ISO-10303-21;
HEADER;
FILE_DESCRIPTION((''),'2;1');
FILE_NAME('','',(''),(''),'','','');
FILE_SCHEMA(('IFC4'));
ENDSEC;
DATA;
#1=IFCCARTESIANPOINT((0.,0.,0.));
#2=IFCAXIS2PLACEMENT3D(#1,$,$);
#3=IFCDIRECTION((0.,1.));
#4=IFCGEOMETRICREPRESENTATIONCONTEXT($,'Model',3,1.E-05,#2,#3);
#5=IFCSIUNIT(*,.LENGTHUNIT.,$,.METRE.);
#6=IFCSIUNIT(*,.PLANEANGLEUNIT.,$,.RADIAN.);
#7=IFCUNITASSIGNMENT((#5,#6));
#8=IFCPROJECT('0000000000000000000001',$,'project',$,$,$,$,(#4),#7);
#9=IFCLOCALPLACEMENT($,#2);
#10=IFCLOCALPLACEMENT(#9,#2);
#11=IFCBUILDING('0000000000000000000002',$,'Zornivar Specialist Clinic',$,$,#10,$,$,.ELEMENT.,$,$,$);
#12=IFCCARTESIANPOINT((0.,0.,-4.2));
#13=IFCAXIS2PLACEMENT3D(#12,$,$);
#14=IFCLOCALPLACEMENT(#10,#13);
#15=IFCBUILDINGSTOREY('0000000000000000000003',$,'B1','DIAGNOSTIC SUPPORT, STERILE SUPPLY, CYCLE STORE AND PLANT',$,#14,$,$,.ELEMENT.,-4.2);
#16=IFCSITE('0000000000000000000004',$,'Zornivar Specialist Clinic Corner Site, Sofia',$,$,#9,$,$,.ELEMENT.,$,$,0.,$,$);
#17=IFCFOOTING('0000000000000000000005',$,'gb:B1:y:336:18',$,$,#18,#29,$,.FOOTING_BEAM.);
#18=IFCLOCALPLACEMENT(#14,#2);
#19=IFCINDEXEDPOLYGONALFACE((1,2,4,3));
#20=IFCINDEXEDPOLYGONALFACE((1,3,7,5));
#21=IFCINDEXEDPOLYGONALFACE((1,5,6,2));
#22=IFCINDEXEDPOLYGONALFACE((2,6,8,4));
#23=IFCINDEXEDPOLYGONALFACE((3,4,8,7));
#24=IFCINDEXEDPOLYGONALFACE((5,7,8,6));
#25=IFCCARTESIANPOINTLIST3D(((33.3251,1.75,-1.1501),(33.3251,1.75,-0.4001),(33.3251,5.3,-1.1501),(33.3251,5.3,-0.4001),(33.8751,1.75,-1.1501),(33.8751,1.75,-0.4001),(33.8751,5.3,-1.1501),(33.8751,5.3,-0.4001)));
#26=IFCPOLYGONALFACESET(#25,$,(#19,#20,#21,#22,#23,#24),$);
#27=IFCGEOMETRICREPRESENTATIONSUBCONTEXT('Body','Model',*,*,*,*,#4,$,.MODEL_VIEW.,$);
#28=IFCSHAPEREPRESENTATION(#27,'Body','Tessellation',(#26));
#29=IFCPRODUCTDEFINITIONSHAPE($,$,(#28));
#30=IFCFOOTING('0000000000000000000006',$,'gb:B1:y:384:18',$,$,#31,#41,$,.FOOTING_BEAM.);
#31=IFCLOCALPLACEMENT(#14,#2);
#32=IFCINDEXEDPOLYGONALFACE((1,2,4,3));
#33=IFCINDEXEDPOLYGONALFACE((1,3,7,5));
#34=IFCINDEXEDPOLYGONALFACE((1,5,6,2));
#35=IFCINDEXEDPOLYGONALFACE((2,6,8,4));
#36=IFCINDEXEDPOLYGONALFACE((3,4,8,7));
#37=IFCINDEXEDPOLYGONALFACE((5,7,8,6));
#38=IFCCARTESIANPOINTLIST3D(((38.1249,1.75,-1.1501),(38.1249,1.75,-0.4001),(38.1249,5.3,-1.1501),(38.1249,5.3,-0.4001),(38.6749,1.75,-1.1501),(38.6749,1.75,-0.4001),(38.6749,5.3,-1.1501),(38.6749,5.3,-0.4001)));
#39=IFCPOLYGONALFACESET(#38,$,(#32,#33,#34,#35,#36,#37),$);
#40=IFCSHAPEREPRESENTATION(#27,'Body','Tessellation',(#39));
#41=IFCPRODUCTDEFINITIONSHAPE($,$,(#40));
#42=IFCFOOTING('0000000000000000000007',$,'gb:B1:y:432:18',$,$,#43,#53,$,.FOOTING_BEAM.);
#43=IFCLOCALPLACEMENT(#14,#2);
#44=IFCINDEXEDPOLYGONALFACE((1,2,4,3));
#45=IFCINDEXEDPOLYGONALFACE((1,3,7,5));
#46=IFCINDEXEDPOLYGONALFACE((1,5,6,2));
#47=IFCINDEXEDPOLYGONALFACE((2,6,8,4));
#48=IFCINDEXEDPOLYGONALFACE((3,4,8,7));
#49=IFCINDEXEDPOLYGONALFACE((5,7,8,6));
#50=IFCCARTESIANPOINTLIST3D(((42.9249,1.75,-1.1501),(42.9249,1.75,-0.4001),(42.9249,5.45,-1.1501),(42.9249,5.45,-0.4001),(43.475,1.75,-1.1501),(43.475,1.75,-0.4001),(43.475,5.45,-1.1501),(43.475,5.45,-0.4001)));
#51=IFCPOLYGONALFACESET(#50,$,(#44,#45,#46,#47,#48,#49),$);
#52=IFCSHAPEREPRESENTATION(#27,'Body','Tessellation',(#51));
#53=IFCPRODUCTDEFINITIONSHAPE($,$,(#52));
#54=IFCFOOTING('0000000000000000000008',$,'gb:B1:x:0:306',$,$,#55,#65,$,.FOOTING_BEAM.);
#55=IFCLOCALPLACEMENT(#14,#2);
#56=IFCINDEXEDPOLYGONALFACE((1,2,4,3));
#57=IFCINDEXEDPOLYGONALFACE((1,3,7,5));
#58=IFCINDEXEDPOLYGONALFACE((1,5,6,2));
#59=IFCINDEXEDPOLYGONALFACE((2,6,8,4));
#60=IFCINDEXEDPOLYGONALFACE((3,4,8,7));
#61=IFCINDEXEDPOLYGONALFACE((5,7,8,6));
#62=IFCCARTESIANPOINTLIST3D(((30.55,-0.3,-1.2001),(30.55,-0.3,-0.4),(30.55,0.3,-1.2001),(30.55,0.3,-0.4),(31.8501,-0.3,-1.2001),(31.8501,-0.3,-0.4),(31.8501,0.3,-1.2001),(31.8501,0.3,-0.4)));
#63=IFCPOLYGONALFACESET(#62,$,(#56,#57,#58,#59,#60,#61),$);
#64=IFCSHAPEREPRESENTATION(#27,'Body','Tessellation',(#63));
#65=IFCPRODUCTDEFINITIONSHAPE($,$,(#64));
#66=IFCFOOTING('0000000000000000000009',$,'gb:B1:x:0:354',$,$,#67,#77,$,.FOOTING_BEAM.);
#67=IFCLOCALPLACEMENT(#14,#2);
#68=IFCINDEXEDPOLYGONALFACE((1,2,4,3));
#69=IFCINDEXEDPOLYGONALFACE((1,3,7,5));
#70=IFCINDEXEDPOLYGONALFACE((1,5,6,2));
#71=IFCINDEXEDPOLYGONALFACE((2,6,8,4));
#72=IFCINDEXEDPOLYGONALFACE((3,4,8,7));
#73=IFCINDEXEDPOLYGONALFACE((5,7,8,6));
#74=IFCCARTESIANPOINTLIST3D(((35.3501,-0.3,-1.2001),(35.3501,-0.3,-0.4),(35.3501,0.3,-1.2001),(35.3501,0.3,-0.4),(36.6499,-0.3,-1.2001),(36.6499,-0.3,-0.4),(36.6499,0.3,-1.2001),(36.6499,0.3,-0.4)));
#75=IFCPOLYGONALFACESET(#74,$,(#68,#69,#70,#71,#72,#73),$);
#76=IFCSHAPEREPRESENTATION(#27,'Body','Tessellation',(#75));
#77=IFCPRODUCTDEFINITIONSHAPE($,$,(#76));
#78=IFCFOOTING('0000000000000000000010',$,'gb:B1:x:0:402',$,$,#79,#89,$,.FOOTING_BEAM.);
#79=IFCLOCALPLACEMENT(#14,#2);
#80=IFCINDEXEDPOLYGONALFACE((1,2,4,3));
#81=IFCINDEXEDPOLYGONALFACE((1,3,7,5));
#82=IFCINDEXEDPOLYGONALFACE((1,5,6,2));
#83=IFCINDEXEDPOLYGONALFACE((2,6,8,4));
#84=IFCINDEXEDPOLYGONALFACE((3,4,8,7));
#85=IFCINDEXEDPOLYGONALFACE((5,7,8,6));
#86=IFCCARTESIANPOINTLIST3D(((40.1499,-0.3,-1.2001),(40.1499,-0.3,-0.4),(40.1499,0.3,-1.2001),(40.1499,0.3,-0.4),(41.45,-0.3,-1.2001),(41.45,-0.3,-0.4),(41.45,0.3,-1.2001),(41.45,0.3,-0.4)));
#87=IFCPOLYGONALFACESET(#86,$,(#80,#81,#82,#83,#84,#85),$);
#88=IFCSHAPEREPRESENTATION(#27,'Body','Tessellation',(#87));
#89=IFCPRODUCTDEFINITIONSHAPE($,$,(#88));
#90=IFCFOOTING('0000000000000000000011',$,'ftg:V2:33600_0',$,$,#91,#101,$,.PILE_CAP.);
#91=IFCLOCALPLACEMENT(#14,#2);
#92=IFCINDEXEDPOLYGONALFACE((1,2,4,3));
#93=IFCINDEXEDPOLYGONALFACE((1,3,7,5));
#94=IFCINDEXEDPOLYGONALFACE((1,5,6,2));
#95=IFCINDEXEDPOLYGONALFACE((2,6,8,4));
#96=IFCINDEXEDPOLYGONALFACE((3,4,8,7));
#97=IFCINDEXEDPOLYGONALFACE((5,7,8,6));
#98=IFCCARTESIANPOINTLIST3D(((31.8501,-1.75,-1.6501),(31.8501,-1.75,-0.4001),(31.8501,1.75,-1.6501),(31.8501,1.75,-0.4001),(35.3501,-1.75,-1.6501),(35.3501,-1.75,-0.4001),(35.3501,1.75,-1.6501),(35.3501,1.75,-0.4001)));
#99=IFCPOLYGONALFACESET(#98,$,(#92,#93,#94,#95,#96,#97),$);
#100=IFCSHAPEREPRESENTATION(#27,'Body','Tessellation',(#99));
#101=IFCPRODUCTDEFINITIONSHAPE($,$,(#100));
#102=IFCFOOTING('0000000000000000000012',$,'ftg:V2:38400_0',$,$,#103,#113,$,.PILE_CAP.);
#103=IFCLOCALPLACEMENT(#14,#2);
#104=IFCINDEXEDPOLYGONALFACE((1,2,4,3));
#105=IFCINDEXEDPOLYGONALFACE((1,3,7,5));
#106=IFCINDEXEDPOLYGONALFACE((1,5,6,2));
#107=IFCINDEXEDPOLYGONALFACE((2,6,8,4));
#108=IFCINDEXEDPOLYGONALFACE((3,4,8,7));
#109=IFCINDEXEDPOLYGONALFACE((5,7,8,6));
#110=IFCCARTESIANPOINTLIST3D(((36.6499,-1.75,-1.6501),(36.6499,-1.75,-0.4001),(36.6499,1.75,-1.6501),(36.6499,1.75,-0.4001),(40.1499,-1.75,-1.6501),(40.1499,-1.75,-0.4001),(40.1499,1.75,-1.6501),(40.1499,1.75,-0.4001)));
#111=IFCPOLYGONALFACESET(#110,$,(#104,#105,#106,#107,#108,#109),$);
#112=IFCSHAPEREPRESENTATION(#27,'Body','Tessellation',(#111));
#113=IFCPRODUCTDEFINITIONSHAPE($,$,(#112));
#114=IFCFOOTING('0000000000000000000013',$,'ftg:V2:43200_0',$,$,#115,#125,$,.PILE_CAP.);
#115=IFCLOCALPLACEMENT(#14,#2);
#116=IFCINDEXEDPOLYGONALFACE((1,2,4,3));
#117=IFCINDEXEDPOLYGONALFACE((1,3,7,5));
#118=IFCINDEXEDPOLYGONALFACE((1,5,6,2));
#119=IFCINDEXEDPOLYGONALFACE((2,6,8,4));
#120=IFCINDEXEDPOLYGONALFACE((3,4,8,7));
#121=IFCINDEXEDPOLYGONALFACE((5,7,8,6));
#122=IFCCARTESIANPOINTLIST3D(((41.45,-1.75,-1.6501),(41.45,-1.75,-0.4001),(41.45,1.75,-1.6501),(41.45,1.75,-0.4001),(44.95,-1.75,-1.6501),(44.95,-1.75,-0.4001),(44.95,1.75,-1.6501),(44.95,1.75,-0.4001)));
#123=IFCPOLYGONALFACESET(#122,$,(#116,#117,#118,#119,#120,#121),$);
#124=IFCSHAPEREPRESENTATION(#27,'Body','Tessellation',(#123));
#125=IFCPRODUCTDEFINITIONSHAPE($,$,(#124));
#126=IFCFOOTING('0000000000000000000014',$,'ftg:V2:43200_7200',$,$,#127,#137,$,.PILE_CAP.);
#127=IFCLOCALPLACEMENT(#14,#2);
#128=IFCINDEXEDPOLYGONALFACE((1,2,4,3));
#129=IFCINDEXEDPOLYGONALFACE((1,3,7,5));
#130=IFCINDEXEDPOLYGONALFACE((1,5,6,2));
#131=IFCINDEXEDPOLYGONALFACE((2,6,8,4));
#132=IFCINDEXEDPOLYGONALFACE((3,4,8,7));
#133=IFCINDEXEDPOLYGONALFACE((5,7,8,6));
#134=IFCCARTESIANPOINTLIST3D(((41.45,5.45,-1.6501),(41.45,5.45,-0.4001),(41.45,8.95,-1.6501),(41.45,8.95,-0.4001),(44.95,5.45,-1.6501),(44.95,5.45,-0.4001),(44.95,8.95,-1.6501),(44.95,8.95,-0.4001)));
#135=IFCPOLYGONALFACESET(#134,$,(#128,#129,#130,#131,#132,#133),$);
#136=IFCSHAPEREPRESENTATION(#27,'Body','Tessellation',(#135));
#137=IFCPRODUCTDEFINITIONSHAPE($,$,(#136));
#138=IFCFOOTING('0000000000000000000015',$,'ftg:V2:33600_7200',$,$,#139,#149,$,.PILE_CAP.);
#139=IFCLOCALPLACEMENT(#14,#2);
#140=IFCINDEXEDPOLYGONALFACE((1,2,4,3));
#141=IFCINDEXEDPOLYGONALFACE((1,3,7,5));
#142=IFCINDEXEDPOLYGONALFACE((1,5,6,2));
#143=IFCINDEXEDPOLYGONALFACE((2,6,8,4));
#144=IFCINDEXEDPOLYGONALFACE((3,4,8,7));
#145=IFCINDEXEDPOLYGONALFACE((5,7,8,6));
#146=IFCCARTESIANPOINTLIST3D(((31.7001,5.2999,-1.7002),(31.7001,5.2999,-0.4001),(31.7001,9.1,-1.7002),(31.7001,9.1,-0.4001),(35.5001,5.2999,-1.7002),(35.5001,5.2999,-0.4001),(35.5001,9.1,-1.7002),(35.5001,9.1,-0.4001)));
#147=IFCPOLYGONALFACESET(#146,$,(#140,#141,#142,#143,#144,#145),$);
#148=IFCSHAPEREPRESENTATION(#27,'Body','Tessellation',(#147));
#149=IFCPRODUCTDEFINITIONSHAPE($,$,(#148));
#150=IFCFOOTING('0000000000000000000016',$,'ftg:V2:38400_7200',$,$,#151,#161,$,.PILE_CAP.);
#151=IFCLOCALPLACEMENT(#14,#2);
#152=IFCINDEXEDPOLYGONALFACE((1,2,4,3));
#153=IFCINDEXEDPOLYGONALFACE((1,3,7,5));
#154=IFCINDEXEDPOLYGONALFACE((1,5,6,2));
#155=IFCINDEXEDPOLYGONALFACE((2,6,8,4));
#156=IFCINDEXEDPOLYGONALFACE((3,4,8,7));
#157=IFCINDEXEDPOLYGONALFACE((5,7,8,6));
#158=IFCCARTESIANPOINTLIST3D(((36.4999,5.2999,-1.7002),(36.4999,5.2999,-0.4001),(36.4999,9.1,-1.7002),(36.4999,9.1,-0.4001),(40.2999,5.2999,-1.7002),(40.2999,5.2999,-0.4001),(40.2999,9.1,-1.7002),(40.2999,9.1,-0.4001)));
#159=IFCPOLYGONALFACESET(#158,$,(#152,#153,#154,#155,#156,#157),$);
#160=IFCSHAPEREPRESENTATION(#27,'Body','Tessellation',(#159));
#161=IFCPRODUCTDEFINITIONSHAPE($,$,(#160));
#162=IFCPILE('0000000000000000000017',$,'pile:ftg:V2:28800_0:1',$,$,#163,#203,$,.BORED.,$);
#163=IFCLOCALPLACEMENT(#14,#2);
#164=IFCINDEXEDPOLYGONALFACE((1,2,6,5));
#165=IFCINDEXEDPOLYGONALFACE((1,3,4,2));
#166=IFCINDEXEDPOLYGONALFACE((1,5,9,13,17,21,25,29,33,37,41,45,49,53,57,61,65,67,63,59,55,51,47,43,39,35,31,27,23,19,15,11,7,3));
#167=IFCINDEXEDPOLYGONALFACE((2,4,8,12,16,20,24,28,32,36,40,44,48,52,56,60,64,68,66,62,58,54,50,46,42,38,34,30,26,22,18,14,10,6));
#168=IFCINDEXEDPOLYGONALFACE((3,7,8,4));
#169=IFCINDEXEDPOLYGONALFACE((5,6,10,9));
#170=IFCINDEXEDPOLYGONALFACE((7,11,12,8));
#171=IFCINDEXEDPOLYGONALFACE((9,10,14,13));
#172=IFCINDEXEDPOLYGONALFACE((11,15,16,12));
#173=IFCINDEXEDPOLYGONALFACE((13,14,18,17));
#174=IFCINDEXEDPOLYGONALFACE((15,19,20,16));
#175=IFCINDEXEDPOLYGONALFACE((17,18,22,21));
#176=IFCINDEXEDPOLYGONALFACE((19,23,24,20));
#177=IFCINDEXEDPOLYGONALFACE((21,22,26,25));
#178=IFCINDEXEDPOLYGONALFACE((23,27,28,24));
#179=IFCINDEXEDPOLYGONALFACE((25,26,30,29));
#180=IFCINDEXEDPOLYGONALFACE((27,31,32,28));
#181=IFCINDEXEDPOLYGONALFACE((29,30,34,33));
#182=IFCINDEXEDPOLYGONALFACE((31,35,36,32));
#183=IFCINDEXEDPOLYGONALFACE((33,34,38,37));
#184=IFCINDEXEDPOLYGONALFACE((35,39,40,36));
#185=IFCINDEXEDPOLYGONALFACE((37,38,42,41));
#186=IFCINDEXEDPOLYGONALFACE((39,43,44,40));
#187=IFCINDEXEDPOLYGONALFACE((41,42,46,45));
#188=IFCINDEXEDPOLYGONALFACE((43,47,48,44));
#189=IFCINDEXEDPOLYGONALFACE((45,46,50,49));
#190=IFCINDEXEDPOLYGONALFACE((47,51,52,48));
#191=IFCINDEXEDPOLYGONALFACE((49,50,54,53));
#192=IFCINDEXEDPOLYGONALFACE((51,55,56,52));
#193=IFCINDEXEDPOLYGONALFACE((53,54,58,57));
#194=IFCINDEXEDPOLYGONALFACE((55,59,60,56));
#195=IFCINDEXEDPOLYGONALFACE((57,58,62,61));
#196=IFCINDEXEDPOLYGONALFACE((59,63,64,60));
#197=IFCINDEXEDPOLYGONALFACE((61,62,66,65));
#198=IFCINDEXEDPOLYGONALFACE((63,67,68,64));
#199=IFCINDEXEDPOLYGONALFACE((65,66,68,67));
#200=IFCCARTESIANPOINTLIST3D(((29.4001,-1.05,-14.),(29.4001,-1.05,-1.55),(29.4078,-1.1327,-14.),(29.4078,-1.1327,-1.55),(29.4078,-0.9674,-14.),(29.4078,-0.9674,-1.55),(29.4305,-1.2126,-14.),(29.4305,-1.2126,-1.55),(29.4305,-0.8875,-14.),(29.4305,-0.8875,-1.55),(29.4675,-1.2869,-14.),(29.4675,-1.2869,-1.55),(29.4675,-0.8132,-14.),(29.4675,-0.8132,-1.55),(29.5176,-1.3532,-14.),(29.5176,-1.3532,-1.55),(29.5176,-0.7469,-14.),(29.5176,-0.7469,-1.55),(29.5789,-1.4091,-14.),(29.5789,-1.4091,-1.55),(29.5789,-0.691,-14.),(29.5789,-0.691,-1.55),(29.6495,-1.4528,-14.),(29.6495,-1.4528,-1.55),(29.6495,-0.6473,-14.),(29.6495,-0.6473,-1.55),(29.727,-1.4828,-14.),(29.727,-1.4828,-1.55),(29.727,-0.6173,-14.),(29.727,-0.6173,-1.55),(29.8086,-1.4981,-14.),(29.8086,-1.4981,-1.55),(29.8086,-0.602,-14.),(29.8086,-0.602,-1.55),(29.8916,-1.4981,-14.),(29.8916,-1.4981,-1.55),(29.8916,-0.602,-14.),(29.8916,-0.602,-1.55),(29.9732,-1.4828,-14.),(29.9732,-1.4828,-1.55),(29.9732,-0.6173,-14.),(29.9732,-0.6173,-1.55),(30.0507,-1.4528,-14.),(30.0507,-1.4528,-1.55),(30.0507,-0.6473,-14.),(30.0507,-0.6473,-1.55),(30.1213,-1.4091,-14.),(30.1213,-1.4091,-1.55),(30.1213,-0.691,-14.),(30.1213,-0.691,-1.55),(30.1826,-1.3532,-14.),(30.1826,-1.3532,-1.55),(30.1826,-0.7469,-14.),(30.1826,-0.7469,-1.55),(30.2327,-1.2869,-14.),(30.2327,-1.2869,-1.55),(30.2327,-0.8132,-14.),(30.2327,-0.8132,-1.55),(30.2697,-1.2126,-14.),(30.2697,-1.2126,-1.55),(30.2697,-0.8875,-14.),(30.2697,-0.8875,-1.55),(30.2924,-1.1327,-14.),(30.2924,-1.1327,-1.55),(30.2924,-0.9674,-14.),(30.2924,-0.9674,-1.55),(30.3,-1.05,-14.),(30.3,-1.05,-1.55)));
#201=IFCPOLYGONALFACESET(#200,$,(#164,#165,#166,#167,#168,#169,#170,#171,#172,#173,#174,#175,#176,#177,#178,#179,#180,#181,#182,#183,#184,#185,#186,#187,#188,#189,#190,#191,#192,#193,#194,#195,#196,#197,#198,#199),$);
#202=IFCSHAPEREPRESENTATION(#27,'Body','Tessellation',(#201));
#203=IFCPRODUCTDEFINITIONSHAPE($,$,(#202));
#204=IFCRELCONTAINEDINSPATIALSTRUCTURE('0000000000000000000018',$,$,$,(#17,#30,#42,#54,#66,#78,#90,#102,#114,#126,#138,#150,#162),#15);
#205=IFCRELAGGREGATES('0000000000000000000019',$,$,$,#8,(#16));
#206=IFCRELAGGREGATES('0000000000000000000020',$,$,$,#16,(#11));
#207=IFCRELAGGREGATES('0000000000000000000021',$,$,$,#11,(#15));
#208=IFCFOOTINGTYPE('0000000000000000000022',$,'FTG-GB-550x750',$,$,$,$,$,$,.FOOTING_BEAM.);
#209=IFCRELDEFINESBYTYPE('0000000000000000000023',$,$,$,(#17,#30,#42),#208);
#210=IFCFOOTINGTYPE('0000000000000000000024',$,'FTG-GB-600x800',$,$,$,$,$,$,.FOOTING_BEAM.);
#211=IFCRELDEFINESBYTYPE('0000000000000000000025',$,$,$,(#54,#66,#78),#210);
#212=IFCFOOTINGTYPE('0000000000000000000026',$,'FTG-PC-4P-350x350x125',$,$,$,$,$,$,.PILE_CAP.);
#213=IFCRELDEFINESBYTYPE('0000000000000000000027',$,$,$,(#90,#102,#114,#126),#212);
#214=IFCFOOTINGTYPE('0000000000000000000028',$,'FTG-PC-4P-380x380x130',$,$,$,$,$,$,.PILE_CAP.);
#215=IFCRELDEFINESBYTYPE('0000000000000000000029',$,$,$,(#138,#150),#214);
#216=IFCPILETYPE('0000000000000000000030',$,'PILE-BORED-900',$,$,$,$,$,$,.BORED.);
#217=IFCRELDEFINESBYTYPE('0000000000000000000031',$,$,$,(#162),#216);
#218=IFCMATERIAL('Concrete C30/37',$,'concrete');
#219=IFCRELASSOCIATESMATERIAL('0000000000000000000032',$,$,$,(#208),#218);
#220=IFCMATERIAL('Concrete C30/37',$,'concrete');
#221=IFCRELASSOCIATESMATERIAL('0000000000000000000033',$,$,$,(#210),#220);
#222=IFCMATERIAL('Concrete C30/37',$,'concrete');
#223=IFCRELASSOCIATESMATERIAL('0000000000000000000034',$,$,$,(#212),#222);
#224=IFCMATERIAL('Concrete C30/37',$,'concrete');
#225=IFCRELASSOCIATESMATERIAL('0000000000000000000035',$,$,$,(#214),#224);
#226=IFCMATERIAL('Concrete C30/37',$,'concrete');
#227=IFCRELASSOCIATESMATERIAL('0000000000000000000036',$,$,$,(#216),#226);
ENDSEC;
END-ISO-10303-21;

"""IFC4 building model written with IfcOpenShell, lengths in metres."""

from ifc_helpers import new_model, si_unit, direction, frame, origin, origin_2d, place, context, subcontext, project, spatial, rectangle, circle, extrude, material, material_profile, profile_set, type_object, element, save


model = new_model("IFC4")

# Units and contexts
model_context = context("Model", 3, precision=1e-05, world=origin(), true_north=direction((0.0, 1.0)))
body_context = subcontext(model_context, "Body", "Model", "MODEL_VIEW")
ifc_project = project(units=[si_unit("LENGTHUNIT", "METRE"), si_unit("PLANEANGLEUNIT", "RADIAN")], contexts=[model_context])

# Site, building, storey
site_placement = place(None, origin())
site = spatial("IfcSite", under=ifc_project, at=site_placement, Name="Zornivar Specialist Clinic Corner Site, Sofia", CompositionType="ELEMENT", RefElevation=0.0)
building_placement = place(site_placement, origin())
building = spatial("IfcBuilding", under=site, at=building_placement, Name="Zornivar Specialist Clinic", CompositionType="ELEMENT")
storey_placement = place(building_placement, frame((0.0, 0.0, -4.2)))
storey = spatial("IfcBuildingStorey", under=building, at=storey_placement, Name="B1", Description="DIAGNOSTIC SUPPORT, STERILE SUPPLY, CYCLE STORE AND PLANT", CompositionType="ELEMENT", Elevation=-4.2)

# Footings
ifc_material_1 = material(Name="Concrete C30/37", Category="concrete")
ifc_material_profile_1 = material_profile(ifc_material_1, rectangle(XDim=0.55, YDim=0.75, at=origin_2d()), Name="RC 550x750")
ifc_profile_set_1 = profile_set([ifc_material_profile_1], Name="Concrete C30/37")
footing_type_1 = type_object("IfcFootingType", Name="FTG-GB-550x750", PredefinedType="FOOTING_BEAM", material=ifc_profile_set_1)
for number, where, z_axis, x_axis, name in (
    (1, (33.6001, 1.75, -0.7751), (0.0, 1.0, 0.0), (-1.0, 0.0, 0.0), "gb:B1:y:336:18"),
    (2, (38.3999, 1.75, -0.7751), (0.0, 1.0, 0.0), (-1.0, 0.0, 0.0), "gb:B1:y:384:18"),
):
    element("IfcFooting", number, at=place(storey_placement, frame(where, z_axis=z_axis, x_axis=x_axis)), inside=storey, type_object=footing_type_1, Name=name, PredefinedType="FOOTING_BEAM", context=body_context, shape_type="SweptSolid", body=[
        extrude(rectangle(XDim=0.55, YDim=0.75, at=origin_2d()), origin(), (0.0, 0.0, 1.0), 3.55),
    ])
footing_1_placement = place(storey_placement, frame((43.2, 1.75, -0.7751), z_axis=(0.0, 1.0, 0.0), x_axis=(-1.0, 0.0, 0.0)))
element("IfcFooting", 3, at=footing_1_placement, inside=storey, type_object=footing_type_1, Name="gb:B1:y:432:18", PredefinedType="FOOTING_BEAM", context=body_context, shape_type="SweptSolid", body=[
    extrude(rectangle(XDim=0.55, YDim=0.75, at=origin_2d()), origin(), (0.0, 0.0, 1.0), 3.7),
])
ifc_material_2 = material(Name="Concrete C30/37", Category="concrete")
ifc_material_profile_2 = material_profile(ifc_material_2, rectangle(XDim=0.6001, YDim=0.8, at=origin_2d()), Name="RC 600x800")
ifc_profile_set_2 = profile_set([ifc_material_profile_2], Name="Concrete C30/37")
footing_type_2 = type_object("IfcFootingType", Name="FTG-GB-600x800", PredefinedType="FOOTING_BEAM", material=ifc_profile_set_2)
footing_2_placement = place(storey_placement, frame((30.55, 0.0, -0.8), z_axis=(1.0, 0.0, 0.0), x_axis=(0.0, 1.0, 0.0)))
element("IfcFooting", 4, at=footing_2_placement, inside=storey, type_object=footing_type_2, Name="gb:B1:x:0:306", PredefinedType="FOOTING_BEAM", context=body_context, shape_type="SweptSolid", body=[
    extrude(rectangle(XDim=0.6001, YDim=0.8, at=origin_2d()), origin(), (0.0, 0.0, 1.0), 1.3),
])
footing_3_placement = place(storey_placement, frame((35.3501, 0.0, -0.8), z_axis=(1.0, 0.0, 0.0), x_axis=(0.0, 1.0, 0.0)))
element("IfcFooting", 5, at=footing_3_placement, inside=storey, type_object=footing_type_2, Name="gb:B1:x:0:354", PredefinedType="FOOTING_BEAM", context=body_context, shape_type="SweptSolid", body=[
    extrude(rectangle(XDim=0.6001, YDim=0.8, at=origin_2d()), origin(), (0.0, 0.0, 1.0), 1.2998),
])
footing_4_placement = place(storey_placement, frame((40.1499, 0.0, -0.8), z_axis=(1.0, 0.0, 0.0), x_axis=(0.0, 1.0, 0.0)))
element("IfcFooting", 6, at=footing_4_placement, inside=storey, type_object=footing_type_2, Name="gb:B1:x:0:402", PredefinedType="FOOTING_BEAM", context=body_context, shape_type="SweptSolid", body=[
    extrude(rectangle(XDim=0.6001, YDim=0.8, at=origin_2d()), origin(), (0.0, 0.0, 1.0), 1.3),
])
ifc_material_3 = material(Name="Concrete C30/37", Category="concrete")
footing_type_3 = type_object("IfcFootingType", Name="FTG-PC-4P-350x350x125", PredefinedType="PILE_CAP", material=ifc_material_3)
for number, where, z_axis, x_axis, name in (
    (7, (33.6001, 0.0, -1.6501), (0.0, 0.0, 1.0), (1.0, 0.0, 0.0), "ftg:V2:33600_0"),
    (8, (38.3999, 0.0, -1.6501), (0.0, 0.0, 1.0), (1.0, 0.0, 0.0), "ftg:V2:38400_0"),
    (9, (43.2, 0.0, -1.6501), (0.0, 0.0, 1.0), (1.0, 0.0, 0.0), "ftg:V2:43200_0"),
    (10, (43.2, 7.2, -1.6501), (0.0, 0.0, 1.0), (1.0, 0.0, 0.0), "ftg:V2:43200_7200"),
):
    element("IfcFooting", number, at=place(storey_placement, frame(where, z_axis=z_axis, x_axis=x_axis)), inside=storey, type_object=footing_type_3, Name=name, PredefinedType="PILE_CAP", context=body_context, shape_type="SweptSolid", body=[
        extrude(rectangle(XDim=3.5, YDim=3.5, at=origin_2d()), origin(), (0.0, 0.0, 1.0), 1.25),
    ])
ifc_material_4 = material(Name="Concrete C30/37", Category="concrete")
footing_type_4 = type_object("IfcFootingType", Name="FTG-PC-4P-380x380x130", PredefinedType="PILE_CAP", material=ifc_material_4)
for number, where, z_axis, x_axis, name in (
    (11, (33.6001, 7.2, -1.7002), (0.0, 0.0, 1.0), (1.0, 0.0, 0.0), "ftg:V2:33600_7200"),
    (12, (38.3999, 7.2, -1.7002), (0.0, 0.0, 1.0), (1.0, 0.0, 0.0), "ftg:V2:38400_7200"),
):
    element("IfcFooting", number, at=place(storey_placement, frame(where, z_axis=z_axis, x_axis=x_axis)), inside=storey, type_object=footing_type_4, Name=name, PredefinedType="PILE_CAP", context=body_context, shape_type="SweptSolid", body=[
        extrude(rectangle(XDim=3.8, YDim=3.8, at=origin_2d()), origin(), (0.0, 0.0, 1.0), 1.3),
    ])

# Pile
ifc_material_5 = material(Name="Concrete C30/37", Category="concrete")
ifc_material_profile_3 = material_profile(ifc_material_5, circle(Radius=0.45, at=origin_2d()), Name="PILE D900")
ifc_profile_set_3 = profile_set([ifc_material_profile_3], Name="Concrete C30/37")
pile_type = type_object("IfcPileType", Name="PILE-BORED-900", PredefinedType="BORED", material=ifc_profile_set_3)
for number, where, z_axis, x_axis, name in (
    (13, (29.8501, -1.05, -1.55), (0.0, 0.0, -1.0), (1.0, 0.0, 0.0), "pile:ftg:V2:28800_0:1"),
):
    element("IfcPile", number, at=place(storey_placement, frame(where, z_axis=z_axis, x_axis=x_axis)), inside=storey, type_object=pile_type, Name=name, PredefinedType="BORED", context=body_context, shape_type="SweptSolid", body=[
        extrude(circle(Radius=0.45, at=origin_2d()), origin(), (0.0, 0.0, 1.0), 12.45),
    ])

save(model, "model.ifc")
